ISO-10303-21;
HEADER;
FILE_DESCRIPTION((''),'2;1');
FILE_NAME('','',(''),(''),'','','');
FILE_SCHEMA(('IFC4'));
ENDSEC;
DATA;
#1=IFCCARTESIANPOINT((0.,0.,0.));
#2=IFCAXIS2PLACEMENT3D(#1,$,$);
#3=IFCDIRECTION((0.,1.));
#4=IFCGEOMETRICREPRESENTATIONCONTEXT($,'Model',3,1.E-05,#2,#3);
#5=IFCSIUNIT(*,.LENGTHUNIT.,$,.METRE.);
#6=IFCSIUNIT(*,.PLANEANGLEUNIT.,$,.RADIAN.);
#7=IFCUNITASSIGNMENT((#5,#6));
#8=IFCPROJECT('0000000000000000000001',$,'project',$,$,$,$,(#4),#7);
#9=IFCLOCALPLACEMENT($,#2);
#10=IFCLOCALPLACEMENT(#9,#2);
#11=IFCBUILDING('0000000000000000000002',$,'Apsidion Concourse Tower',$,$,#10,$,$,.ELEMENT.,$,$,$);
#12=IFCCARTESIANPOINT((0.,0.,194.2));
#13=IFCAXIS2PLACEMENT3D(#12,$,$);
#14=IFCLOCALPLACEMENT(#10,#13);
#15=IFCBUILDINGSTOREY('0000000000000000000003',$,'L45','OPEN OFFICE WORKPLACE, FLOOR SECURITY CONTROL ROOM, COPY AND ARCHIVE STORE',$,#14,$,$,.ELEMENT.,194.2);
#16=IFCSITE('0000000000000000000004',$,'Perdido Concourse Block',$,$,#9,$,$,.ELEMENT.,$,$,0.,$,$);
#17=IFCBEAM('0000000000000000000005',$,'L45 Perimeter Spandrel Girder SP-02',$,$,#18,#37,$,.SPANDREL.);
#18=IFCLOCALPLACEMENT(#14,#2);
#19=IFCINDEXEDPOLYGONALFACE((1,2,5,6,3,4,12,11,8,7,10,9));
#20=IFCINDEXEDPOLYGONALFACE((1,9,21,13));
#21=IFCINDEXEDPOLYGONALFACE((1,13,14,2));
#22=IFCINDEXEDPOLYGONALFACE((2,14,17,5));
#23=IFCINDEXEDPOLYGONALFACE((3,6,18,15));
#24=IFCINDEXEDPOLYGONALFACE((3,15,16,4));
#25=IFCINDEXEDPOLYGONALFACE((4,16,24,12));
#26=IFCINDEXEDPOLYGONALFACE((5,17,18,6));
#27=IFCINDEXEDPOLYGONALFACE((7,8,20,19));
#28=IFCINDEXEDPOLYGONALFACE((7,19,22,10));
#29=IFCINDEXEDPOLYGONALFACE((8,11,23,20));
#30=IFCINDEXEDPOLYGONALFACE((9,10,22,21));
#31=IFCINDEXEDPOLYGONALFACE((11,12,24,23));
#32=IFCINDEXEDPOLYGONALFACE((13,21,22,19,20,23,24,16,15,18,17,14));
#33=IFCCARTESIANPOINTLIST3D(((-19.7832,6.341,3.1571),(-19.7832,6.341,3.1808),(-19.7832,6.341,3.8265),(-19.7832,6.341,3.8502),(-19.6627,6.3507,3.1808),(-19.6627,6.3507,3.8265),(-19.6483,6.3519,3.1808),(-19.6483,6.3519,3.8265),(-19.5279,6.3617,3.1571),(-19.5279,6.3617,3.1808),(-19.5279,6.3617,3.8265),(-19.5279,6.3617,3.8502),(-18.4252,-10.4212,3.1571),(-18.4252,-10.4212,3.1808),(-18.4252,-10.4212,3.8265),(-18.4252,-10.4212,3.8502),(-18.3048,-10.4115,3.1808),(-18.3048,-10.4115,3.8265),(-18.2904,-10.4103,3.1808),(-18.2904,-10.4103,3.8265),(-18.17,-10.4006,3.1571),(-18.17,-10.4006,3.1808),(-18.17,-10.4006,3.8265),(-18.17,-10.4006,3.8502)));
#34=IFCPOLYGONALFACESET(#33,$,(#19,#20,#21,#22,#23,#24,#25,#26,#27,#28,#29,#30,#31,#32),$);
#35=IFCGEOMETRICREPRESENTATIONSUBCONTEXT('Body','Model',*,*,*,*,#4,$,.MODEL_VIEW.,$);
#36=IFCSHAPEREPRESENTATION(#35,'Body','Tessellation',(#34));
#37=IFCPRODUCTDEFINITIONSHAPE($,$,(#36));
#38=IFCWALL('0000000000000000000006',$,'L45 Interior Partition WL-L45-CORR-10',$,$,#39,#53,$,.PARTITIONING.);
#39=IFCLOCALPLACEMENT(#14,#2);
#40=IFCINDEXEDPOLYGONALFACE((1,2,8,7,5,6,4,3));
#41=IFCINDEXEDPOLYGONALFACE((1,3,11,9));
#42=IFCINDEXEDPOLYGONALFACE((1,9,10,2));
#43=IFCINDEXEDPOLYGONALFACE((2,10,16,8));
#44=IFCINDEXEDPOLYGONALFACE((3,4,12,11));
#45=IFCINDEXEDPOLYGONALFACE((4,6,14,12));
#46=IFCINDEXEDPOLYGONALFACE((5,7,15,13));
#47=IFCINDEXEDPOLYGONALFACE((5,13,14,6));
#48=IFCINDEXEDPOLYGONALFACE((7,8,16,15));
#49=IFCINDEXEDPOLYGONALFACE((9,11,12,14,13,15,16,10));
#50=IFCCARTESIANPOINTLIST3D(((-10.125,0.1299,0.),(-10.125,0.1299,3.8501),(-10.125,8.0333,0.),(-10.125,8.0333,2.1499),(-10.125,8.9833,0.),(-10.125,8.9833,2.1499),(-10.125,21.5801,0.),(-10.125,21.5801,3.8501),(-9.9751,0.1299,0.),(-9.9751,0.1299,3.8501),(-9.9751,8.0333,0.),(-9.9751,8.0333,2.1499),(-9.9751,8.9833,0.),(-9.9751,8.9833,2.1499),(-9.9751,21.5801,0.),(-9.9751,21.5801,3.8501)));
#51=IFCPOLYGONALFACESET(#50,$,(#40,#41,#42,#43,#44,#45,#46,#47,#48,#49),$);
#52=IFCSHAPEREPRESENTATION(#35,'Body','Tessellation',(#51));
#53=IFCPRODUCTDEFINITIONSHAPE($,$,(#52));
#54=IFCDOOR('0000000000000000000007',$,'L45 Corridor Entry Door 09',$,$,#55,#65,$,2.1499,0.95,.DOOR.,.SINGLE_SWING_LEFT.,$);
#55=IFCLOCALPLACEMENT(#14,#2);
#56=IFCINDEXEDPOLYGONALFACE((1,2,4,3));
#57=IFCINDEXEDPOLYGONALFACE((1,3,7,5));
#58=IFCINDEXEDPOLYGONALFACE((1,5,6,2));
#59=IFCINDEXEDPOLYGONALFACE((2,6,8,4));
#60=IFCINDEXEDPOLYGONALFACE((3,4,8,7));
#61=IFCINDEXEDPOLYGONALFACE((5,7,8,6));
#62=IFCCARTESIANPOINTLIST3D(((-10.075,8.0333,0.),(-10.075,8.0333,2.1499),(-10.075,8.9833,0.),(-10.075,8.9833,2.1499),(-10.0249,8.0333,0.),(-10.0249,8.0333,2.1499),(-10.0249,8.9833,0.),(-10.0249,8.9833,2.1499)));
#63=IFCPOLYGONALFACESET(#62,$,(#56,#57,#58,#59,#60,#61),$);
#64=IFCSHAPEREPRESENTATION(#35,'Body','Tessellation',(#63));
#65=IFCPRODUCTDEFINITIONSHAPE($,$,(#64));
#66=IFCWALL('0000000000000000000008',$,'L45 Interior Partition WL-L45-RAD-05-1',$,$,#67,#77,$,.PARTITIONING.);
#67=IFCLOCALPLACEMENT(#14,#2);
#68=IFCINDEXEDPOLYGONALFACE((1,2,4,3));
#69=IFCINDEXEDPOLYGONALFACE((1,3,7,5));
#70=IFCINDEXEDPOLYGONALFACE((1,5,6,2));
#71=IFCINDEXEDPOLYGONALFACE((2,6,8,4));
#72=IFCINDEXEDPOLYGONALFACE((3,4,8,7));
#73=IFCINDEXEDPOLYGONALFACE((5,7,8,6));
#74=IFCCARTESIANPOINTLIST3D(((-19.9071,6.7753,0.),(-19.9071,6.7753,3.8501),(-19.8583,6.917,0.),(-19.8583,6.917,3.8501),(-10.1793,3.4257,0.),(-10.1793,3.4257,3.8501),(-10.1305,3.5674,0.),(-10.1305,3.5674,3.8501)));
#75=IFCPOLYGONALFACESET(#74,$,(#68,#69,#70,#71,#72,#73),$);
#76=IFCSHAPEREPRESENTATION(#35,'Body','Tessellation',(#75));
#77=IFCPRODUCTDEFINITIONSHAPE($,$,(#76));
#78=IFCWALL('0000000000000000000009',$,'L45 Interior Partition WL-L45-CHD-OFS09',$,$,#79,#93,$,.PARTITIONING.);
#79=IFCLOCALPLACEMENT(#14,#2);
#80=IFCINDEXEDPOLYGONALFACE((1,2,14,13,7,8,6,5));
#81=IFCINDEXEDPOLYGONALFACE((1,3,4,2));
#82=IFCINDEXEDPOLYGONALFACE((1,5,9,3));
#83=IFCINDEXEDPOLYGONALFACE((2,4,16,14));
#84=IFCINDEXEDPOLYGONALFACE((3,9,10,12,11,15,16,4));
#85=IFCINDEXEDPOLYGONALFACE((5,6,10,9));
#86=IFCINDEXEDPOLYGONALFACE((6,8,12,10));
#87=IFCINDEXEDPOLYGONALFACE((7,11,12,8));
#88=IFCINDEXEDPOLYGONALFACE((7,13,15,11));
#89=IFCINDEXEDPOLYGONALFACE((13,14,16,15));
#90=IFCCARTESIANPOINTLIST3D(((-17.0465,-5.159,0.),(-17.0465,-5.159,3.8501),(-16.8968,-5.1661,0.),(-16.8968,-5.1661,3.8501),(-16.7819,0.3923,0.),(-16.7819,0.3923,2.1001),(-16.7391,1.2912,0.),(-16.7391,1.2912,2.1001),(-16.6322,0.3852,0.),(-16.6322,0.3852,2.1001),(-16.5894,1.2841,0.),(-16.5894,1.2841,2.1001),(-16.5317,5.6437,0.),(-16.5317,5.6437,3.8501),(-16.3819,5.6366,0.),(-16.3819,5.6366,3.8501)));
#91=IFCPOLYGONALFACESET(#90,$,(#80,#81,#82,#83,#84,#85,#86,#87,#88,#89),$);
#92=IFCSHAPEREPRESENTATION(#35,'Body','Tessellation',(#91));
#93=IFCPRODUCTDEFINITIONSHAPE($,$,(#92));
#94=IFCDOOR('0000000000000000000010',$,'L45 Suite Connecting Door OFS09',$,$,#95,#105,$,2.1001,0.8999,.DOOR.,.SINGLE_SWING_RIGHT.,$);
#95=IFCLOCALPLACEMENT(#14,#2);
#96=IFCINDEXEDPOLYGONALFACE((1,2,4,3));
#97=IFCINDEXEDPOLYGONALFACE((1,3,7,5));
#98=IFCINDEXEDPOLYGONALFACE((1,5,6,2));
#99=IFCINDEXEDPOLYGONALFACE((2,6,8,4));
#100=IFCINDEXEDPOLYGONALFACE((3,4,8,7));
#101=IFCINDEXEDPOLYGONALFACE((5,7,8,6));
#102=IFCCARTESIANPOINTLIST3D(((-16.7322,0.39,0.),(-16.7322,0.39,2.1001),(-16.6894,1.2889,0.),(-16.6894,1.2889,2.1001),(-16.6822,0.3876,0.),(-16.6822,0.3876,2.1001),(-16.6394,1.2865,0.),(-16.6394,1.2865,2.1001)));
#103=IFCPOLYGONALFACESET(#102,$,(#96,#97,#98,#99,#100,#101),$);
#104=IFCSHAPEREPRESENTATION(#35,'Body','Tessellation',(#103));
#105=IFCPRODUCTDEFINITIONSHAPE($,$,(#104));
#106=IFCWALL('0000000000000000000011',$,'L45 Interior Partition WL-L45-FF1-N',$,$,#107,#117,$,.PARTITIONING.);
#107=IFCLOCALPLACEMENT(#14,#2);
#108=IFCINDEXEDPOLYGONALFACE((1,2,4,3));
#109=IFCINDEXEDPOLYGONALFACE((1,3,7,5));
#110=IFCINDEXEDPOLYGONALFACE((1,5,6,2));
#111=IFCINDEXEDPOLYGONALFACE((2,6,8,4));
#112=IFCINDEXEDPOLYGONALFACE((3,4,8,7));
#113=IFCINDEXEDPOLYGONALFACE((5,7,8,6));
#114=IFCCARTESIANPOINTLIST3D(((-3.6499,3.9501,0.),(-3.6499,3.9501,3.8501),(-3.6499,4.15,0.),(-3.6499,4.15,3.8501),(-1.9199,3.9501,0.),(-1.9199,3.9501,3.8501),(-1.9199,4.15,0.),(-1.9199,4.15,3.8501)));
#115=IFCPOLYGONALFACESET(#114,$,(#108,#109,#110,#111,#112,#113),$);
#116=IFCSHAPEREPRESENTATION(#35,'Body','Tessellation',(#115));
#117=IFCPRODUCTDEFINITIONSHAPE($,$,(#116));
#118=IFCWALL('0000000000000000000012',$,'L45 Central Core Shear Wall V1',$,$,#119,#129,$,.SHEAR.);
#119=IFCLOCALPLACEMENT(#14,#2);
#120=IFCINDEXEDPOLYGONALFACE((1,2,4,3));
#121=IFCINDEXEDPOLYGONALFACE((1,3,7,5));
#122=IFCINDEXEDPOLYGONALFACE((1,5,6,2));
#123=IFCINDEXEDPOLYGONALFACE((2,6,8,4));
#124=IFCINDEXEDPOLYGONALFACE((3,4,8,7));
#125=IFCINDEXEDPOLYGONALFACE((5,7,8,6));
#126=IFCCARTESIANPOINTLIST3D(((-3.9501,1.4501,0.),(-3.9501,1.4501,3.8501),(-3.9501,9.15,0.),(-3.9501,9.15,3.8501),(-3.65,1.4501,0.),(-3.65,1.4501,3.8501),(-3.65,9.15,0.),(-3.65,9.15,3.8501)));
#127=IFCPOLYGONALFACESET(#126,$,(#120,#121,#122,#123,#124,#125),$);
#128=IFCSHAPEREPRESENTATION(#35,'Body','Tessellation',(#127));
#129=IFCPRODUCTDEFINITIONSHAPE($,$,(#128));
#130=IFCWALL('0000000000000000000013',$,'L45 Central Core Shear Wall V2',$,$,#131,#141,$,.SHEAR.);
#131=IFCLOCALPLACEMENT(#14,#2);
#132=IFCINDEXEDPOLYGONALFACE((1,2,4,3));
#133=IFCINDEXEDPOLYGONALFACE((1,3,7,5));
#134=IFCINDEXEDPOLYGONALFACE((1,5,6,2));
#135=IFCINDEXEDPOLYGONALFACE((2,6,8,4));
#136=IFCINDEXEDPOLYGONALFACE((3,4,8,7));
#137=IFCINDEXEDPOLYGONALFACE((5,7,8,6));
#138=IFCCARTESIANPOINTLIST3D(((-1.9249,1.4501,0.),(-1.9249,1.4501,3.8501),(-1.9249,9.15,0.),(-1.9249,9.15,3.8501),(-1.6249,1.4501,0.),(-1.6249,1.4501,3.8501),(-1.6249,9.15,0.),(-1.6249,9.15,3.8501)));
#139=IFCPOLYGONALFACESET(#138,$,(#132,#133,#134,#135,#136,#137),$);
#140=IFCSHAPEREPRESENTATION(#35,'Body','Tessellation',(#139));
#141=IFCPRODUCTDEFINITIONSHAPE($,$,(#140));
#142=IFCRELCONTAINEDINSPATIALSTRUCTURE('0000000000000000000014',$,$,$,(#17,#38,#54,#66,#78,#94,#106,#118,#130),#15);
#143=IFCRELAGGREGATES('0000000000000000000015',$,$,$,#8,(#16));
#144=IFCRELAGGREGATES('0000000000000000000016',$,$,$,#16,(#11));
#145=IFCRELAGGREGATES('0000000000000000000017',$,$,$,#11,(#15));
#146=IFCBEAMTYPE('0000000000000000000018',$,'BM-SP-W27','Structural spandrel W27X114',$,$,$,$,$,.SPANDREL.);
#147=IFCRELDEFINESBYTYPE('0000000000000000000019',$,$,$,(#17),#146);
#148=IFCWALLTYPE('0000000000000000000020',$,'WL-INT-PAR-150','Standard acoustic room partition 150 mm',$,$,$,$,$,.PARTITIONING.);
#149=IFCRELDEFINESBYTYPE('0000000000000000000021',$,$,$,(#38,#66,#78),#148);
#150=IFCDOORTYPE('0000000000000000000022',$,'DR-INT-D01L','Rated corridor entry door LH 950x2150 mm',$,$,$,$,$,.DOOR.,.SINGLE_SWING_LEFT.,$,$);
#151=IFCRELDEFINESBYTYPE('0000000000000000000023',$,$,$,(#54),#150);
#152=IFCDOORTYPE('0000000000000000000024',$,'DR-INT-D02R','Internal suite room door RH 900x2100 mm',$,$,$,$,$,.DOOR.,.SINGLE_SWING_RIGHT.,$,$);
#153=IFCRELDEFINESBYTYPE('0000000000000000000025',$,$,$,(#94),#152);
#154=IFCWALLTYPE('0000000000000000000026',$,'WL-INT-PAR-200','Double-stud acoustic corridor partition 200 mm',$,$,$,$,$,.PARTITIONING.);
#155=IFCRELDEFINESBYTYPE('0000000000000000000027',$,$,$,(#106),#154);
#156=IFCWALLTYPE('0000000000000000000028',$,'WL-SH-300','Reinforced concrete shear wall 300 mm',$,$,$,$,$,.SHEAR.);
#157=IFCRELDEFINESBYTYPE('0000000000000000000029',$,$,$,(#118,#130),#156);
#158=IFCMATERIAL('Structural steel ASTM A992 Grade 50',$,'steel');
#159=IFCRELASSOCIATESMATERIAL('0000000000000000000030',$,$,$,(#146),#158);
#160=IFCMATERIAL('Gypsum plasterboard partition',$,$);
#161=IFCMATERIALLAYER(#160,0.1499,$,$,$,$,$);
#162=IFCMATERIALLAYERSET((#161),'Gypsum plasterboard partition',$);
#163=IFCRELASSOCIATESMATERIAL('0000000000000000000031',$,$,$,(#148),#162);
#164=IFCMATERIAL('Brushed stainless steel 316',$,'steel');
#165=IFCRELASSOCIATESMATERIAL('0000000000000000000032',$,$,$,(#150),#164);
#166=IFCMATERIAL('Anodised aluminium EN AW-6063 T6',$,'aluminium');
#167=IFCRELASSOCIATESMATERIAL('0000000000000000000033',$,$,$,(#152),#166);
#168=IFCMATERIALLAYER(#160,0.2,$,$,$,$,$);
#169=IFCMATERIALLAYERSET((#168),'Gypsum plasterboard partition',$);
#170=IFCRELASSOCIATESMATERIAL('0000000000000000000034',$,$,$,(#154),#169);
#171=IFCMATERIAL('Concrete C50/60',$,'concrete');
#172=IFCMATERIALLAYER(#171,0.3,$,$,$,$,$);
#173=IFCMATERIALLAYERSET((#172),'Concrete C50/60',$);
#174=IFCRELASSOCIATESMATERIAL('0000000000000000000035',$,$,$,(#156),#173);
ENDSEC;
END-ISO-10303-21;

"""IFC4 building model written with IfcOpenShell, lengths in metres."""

from ifc_helpers import new_model, si_unit, direction, frame, frame_2d, origin, origin_2d, place, context, subcontext, project, spatial, rectangle, i_section, extrude, material, layer, layer_set, material_profile, profile_set, type_object, element, fill, save


model = new_model("IFC4")

# Units and contexts
model_context = context("Model", 3, precision=1e-05, world=origin(), true_north=direction((0.0, 1.0)))
body_context = subcontext(model_context, "Body", "Model", "MODEL_VIEW")
ifc_project = project(units=[si_unit("LENGTHUNIT", "METRE"), si_unit("PLANEANGLEUNIT", "RADIAN")], contexts=[model_context])

# Site, building, storey
site_placement = place(None, origin())
site = spatial("IfcSite", under=ifc_project, at=site_placement, Name="Perdido Concourse Block", CompositionType="ELEMENT", RefElevation=0.0)
building_placement = place(site_placement, origin())
building = spatial("IfcBuilding", under=site, at=building_placement, Name="Apsidion Concourse Tower", CompositionType="ELEMENT")
storey_placement = place(building_placement, frame((0.0, 0.0, 194.2)))
storey = spatial("IfcBuildingStorey", under=building, at=storey_placement, Name="L45", Description="OPEN OFFICE WORKPLACE, FLOOR SECURITY CONTROL ROOM, COPY AND ARCHIVE STORE", CompositionType="ELEMENT", Elevation=194.2)

# Shared definitions
ifc_material_1 = material(Name="Concrete C50/60", Category="concrete")
ifc_material_2 = material(Name="Structural steel ASTM A992 Grade 50", Category="steel")

# Beam
ifc_material_profile_1 = material_profile(ifc_material_2, i_section(OverallWidth=0.2561, OverallDepth=0.6931, WebThickness=0.0144, FlangeThickness=0.0237, at=origin_2d()), Name="W27X114")
ifc_profile_set_1 = profile_set([ifc_material_profile_1], Name="Structural steel ASTM A992 Grade 50")
beam_type_1 = type_object("IfcBeamType", Name="BM-SP-W27", Description="Structural spandrel W27X114", PredefinedType="SPANDREL", material=ifc_profile_set_1)
beam_1_placement = place(storey_placement, frame((-19.6555, 6.3513, 3.5037), z_axis=(0.080746, -0.996735, 0.0), x_axis=(0.996735, 0.080746, 0.0)))
element("IfcBeam", 1, at=beam_1_placement, inside=storey, type_object=beam_type_1, Name="L45 Perimeter Spandrel Girder SP-02", PredefinedType="SPANDREL", context=body_context, shape_type="SweptSolid", body=[
    extrude(i_section(OverallWidth=0.2561, OverallDepth=0.6931, WebThickness=0.0144, FlangeThickness=0.0237, at=origin_2d()), origin(), (0.0, 0.0, 1.0), 16.8171),
])

# Wall, opening, door
ifc_material_3 = material(Name="Gypsum plasterboard partition")
ifc_layer_1 = layer(ifc_material_3, 0.1499)
ifc_layer_set_1 = layer_set([ifc_layer_1], Name="Gypsum plasterboard partition")
wall_type_1 = type_object("IfcWallType", Name="WL-INT-PAR-150", Description="Standard acoustic room partition 150 mm", PredefinedType="PARTITIONING", material=ifc_layer_set_1)
wall_1_placement = place(storey_placement, frame((-10.05, 0.1299, 0.0), z_axis=(0.0, 0.0, 1.0), x_axis=(0.0, 1.0, 0.0)))
wall_1 = element("IfcWall", 2, at=wall_1_placement, inside=storey, type_object=wall_type_1, Name="L45 Interior Partition WL-L45-CORR-10", PredefinedType="PARTITIONING", context=body_context, shape_type="SweptSolid", body=[
    extrude(rectangle(XDim=21.4502, YDim=0.1499, at=frame_2d((10.7251, 0.0))), origin(), (0.0, 0.0, 1.0), 3.8501),
])
opening_1_placement = place(wall_1_placement, frame((7.9033, 0.0, 0.0)))
opening_1 = element("IfcOpeningElement", 3, at=opening_1_placement, cuts=wall_1, PredefinedType="OPENING", context=body_context, shape_type="SweptSolid", body=[
    extrude(rectangle(XDim=0.95, YDim=2.1499, at=frame_2d((0.4751, 1.075))), frame((0.0, 0.085, 0.0), z_axis=(0.0, -1.0, 0.0), x_axis=(1.0, 0.0, 0.0)), (0.0, 0.0, 1.0), 0.1699),
])
ifc_material_4 = material(Name="Brushed stainless steel 316", Category="steel")
door_type_1 = type_object("IfcDoorType", Name="DR-INT-D01L", Description="Rated corridor entry door LH 950x2150 mm", OperationType="SINGLE_SWING_LEFT", PredefinedType="DOOR", material=ifc_material_4)
door_1_placement = place(opening_1_placement, origin())
door_1 = element("IfcDoor", 4, at=door_1_placement, inside=storey, type_object=door_type_1, Name="L45 Corridor Entry Door 09", OperationType="SINGLE_SWING_LEFT", OverallHeight=2.1499, OverallWidth=0.95, PredefinedType="DOOR", context=body_context, shape_type="SweptSolid", body=[
    extrude(rectangle(XDim=0.95, YDim=2.1499, at=frame_2d((0.4751, 1.075))), frame((0.0, 0.0249, 0.0), z_axis=(0.0, -1.0, 0.0), x_axis=(1.0, 0.0, 0.0)), (0.0, 0.0, 1.0), 0.05),
])
fill(opening_1, door_1)

# Wall
wall_2_placement = place(storey_placement, frame((-10.155, 3.4966, 0.0), z_axis=(0.0, 0.0, 1.0), x_axis=(-0.945517, 0.325574, 0.0)))
element("IfcWall", 5, at=wall_2_placement, inside=storey, type_object=wall_type_1, Name="L45 Interior Partition WL-L45-RAD-05-1", PredefinedType="PARTITIONING", context=body_context, shape_type="SweptSolid", body=[
    extrude(rectangle(XDim=10.2883, YDim=0.1499, at=frame_2d((5.144, 0.0))), origin(), (0.0, 0.0, 1.0), 3.8501),
])

# Wall, opening, door
wall_3_placement = place(storey_placement, frame((-16.4568, 5.6401, 0.0), z_axis=(0.0, 0.0, 1.0), x_axis=(-0.047609, -0.998866, 0.0)))
wall_3 = element("IfcWall", 6, at=wall_3_placement, inside=storey, type_object=wall_type_1, Name="L45 Interior Partition WL-L45-CHD-OFS09", PredefinedType="PARTITIONING", context=body_context, shape_type="SweptSolid", body=[
    extrude(rectangle(XDim=10.8149, YDim=0.1499, at=frame_2d((5.4075, 0.0))), origin(), (0.0, 0.0, 1.0), 3.8501),
])
opening_2_placement = place(wall_3_placement, frame((4.3574, 0.0, 0.0)))
opening_2 = element("IfcOpeningElement", 7, at=opening_2_placement, cuts=wall_3, PredefinedType="OPENING", context=body_context, shape_type="SweptSolid", body=[
    extrude(rectangle(XDim=0.8999, YDim=2.1001, at=frame_2d((0.45, 1.05))), frame((0.0, 0.085, 0.0), z_axis=(0.0, -1.0, 0.0), x_axis=(1.0, 0.0, 0.0)), (0.0, 0.0, 1.0), 0.1699),
])
ifc_material_5 = material(Name="Anodised aluminium EN AW-6063 T6", Category="aluminium")
door_type_2 = type_object("IfcDoorType", Name="DR-INT-D02R", Description="Internal suite room door RH 900x2100 mm", OperationType="SINGLE_SWING_RIGHT", PredefinedType="DOOR", material=ifc_material_5)
door_2_placement = place(opening_2_placement, origin())
door_2 = element("IfcDoor", 8, at=door_2_placement, inside=storey, type_object=door_type_2, Name="L45 Suite Connecting Door OFS09", OperationType="SINGLE_SWING_RIGHT", OverallHeight=2.1001, OverallWidth=0.8999, PredefinedType="DOOR", context=body_context, shape_type="SweptSolid", body=[
    extrude(rectangle(XDim=0.8999, YDim=2.1001, at=frame_2d((0.45, 1.05))), frame((0.0, 0.0249, 0.0), z_axis=(0.0, -1.0, 0.0), x_axis=(1.0, 0.0, 0.0)), (0.0, 0.0, 1.0), 0.05),
])
fill(opening_2, door_2)

# Walls
ifc_layer_2 = layer(ifc_material_3, 0.2)
ifc_layer_set_2 = layer_set([ifc_layer_2], Name="Gypsum plasterboard partition")
wall_type_2 = type_object("IfcWallType", Name="WL-INT-PAR-200", Description="Double-stud acoustic corridor partition 200 mm", PredefinedType="PARTITIONING", material=ifc_layer_set_2)
wall_4_placement = place(storey_placement, frame((-3.6499, 4.05, 0.0), z_axis=(0.0, 0.0, 1.0), x_axis=(1.0, 0.0, 0.0)))
element("IfcWall", 9, at=wall_4_placement, inside=storey, type_object=wall_type_2, Name="L45 Interior Partition WL-L45-FF1-N", PredefinedType="PARTITIONING", context=body_context, shape_type="SweptSolid", body=[
    extrude(rectangle(XDim=1.73, YDim=0.2, at=frame_2d((0.865, 0.0))), origin(), (0.0, 0.0, 1.0), 3.8501),
])
ifc_layer_3 = layer(ifc_material_1, 0.3)
ifc_layer_set_3 = layer_set([ifc_layer_3], Name="Concrete C50/60")
wall_type_3 = type_object("IfcWallType", Name="WL-SH-300", Description="Reinforced concrete shear wall 300 mm", PredefinedType="SHEAR", material=ifc_layer_set_3)
for number, where, z_axis, x_axis, name in (
    (10, (-3.8, 1.45, 0.0), (0.0, 0.0, 1.0), (0.0, 1.0, 0.0), "L45 Central Core Shear Wall V1"),
    (11, (-1.7749, 1.45, 0.0), (0.0, 0.0, 1.0), (0.0, 1.0, 0.0), "L45 Central Core Shear Wall V2"),
):
    element("IfcWall", number, at=place(storey_placement, frame(where, z_axis=z_axis, x_axis=x_axis)), inside=storey, type_object=wall_type_3, Name=name, PredefinedType="SHEAR", context=body_context, shape_type="SweptSolid", body=[
        extrude(rectangle(XDim=7.7, YDim=0.3, at=frame_2d((3.8501, 0.0))), origin(), (0.0, 0.0, 1.0), 3.8501),
    ])

save(model, "model.ifc")
